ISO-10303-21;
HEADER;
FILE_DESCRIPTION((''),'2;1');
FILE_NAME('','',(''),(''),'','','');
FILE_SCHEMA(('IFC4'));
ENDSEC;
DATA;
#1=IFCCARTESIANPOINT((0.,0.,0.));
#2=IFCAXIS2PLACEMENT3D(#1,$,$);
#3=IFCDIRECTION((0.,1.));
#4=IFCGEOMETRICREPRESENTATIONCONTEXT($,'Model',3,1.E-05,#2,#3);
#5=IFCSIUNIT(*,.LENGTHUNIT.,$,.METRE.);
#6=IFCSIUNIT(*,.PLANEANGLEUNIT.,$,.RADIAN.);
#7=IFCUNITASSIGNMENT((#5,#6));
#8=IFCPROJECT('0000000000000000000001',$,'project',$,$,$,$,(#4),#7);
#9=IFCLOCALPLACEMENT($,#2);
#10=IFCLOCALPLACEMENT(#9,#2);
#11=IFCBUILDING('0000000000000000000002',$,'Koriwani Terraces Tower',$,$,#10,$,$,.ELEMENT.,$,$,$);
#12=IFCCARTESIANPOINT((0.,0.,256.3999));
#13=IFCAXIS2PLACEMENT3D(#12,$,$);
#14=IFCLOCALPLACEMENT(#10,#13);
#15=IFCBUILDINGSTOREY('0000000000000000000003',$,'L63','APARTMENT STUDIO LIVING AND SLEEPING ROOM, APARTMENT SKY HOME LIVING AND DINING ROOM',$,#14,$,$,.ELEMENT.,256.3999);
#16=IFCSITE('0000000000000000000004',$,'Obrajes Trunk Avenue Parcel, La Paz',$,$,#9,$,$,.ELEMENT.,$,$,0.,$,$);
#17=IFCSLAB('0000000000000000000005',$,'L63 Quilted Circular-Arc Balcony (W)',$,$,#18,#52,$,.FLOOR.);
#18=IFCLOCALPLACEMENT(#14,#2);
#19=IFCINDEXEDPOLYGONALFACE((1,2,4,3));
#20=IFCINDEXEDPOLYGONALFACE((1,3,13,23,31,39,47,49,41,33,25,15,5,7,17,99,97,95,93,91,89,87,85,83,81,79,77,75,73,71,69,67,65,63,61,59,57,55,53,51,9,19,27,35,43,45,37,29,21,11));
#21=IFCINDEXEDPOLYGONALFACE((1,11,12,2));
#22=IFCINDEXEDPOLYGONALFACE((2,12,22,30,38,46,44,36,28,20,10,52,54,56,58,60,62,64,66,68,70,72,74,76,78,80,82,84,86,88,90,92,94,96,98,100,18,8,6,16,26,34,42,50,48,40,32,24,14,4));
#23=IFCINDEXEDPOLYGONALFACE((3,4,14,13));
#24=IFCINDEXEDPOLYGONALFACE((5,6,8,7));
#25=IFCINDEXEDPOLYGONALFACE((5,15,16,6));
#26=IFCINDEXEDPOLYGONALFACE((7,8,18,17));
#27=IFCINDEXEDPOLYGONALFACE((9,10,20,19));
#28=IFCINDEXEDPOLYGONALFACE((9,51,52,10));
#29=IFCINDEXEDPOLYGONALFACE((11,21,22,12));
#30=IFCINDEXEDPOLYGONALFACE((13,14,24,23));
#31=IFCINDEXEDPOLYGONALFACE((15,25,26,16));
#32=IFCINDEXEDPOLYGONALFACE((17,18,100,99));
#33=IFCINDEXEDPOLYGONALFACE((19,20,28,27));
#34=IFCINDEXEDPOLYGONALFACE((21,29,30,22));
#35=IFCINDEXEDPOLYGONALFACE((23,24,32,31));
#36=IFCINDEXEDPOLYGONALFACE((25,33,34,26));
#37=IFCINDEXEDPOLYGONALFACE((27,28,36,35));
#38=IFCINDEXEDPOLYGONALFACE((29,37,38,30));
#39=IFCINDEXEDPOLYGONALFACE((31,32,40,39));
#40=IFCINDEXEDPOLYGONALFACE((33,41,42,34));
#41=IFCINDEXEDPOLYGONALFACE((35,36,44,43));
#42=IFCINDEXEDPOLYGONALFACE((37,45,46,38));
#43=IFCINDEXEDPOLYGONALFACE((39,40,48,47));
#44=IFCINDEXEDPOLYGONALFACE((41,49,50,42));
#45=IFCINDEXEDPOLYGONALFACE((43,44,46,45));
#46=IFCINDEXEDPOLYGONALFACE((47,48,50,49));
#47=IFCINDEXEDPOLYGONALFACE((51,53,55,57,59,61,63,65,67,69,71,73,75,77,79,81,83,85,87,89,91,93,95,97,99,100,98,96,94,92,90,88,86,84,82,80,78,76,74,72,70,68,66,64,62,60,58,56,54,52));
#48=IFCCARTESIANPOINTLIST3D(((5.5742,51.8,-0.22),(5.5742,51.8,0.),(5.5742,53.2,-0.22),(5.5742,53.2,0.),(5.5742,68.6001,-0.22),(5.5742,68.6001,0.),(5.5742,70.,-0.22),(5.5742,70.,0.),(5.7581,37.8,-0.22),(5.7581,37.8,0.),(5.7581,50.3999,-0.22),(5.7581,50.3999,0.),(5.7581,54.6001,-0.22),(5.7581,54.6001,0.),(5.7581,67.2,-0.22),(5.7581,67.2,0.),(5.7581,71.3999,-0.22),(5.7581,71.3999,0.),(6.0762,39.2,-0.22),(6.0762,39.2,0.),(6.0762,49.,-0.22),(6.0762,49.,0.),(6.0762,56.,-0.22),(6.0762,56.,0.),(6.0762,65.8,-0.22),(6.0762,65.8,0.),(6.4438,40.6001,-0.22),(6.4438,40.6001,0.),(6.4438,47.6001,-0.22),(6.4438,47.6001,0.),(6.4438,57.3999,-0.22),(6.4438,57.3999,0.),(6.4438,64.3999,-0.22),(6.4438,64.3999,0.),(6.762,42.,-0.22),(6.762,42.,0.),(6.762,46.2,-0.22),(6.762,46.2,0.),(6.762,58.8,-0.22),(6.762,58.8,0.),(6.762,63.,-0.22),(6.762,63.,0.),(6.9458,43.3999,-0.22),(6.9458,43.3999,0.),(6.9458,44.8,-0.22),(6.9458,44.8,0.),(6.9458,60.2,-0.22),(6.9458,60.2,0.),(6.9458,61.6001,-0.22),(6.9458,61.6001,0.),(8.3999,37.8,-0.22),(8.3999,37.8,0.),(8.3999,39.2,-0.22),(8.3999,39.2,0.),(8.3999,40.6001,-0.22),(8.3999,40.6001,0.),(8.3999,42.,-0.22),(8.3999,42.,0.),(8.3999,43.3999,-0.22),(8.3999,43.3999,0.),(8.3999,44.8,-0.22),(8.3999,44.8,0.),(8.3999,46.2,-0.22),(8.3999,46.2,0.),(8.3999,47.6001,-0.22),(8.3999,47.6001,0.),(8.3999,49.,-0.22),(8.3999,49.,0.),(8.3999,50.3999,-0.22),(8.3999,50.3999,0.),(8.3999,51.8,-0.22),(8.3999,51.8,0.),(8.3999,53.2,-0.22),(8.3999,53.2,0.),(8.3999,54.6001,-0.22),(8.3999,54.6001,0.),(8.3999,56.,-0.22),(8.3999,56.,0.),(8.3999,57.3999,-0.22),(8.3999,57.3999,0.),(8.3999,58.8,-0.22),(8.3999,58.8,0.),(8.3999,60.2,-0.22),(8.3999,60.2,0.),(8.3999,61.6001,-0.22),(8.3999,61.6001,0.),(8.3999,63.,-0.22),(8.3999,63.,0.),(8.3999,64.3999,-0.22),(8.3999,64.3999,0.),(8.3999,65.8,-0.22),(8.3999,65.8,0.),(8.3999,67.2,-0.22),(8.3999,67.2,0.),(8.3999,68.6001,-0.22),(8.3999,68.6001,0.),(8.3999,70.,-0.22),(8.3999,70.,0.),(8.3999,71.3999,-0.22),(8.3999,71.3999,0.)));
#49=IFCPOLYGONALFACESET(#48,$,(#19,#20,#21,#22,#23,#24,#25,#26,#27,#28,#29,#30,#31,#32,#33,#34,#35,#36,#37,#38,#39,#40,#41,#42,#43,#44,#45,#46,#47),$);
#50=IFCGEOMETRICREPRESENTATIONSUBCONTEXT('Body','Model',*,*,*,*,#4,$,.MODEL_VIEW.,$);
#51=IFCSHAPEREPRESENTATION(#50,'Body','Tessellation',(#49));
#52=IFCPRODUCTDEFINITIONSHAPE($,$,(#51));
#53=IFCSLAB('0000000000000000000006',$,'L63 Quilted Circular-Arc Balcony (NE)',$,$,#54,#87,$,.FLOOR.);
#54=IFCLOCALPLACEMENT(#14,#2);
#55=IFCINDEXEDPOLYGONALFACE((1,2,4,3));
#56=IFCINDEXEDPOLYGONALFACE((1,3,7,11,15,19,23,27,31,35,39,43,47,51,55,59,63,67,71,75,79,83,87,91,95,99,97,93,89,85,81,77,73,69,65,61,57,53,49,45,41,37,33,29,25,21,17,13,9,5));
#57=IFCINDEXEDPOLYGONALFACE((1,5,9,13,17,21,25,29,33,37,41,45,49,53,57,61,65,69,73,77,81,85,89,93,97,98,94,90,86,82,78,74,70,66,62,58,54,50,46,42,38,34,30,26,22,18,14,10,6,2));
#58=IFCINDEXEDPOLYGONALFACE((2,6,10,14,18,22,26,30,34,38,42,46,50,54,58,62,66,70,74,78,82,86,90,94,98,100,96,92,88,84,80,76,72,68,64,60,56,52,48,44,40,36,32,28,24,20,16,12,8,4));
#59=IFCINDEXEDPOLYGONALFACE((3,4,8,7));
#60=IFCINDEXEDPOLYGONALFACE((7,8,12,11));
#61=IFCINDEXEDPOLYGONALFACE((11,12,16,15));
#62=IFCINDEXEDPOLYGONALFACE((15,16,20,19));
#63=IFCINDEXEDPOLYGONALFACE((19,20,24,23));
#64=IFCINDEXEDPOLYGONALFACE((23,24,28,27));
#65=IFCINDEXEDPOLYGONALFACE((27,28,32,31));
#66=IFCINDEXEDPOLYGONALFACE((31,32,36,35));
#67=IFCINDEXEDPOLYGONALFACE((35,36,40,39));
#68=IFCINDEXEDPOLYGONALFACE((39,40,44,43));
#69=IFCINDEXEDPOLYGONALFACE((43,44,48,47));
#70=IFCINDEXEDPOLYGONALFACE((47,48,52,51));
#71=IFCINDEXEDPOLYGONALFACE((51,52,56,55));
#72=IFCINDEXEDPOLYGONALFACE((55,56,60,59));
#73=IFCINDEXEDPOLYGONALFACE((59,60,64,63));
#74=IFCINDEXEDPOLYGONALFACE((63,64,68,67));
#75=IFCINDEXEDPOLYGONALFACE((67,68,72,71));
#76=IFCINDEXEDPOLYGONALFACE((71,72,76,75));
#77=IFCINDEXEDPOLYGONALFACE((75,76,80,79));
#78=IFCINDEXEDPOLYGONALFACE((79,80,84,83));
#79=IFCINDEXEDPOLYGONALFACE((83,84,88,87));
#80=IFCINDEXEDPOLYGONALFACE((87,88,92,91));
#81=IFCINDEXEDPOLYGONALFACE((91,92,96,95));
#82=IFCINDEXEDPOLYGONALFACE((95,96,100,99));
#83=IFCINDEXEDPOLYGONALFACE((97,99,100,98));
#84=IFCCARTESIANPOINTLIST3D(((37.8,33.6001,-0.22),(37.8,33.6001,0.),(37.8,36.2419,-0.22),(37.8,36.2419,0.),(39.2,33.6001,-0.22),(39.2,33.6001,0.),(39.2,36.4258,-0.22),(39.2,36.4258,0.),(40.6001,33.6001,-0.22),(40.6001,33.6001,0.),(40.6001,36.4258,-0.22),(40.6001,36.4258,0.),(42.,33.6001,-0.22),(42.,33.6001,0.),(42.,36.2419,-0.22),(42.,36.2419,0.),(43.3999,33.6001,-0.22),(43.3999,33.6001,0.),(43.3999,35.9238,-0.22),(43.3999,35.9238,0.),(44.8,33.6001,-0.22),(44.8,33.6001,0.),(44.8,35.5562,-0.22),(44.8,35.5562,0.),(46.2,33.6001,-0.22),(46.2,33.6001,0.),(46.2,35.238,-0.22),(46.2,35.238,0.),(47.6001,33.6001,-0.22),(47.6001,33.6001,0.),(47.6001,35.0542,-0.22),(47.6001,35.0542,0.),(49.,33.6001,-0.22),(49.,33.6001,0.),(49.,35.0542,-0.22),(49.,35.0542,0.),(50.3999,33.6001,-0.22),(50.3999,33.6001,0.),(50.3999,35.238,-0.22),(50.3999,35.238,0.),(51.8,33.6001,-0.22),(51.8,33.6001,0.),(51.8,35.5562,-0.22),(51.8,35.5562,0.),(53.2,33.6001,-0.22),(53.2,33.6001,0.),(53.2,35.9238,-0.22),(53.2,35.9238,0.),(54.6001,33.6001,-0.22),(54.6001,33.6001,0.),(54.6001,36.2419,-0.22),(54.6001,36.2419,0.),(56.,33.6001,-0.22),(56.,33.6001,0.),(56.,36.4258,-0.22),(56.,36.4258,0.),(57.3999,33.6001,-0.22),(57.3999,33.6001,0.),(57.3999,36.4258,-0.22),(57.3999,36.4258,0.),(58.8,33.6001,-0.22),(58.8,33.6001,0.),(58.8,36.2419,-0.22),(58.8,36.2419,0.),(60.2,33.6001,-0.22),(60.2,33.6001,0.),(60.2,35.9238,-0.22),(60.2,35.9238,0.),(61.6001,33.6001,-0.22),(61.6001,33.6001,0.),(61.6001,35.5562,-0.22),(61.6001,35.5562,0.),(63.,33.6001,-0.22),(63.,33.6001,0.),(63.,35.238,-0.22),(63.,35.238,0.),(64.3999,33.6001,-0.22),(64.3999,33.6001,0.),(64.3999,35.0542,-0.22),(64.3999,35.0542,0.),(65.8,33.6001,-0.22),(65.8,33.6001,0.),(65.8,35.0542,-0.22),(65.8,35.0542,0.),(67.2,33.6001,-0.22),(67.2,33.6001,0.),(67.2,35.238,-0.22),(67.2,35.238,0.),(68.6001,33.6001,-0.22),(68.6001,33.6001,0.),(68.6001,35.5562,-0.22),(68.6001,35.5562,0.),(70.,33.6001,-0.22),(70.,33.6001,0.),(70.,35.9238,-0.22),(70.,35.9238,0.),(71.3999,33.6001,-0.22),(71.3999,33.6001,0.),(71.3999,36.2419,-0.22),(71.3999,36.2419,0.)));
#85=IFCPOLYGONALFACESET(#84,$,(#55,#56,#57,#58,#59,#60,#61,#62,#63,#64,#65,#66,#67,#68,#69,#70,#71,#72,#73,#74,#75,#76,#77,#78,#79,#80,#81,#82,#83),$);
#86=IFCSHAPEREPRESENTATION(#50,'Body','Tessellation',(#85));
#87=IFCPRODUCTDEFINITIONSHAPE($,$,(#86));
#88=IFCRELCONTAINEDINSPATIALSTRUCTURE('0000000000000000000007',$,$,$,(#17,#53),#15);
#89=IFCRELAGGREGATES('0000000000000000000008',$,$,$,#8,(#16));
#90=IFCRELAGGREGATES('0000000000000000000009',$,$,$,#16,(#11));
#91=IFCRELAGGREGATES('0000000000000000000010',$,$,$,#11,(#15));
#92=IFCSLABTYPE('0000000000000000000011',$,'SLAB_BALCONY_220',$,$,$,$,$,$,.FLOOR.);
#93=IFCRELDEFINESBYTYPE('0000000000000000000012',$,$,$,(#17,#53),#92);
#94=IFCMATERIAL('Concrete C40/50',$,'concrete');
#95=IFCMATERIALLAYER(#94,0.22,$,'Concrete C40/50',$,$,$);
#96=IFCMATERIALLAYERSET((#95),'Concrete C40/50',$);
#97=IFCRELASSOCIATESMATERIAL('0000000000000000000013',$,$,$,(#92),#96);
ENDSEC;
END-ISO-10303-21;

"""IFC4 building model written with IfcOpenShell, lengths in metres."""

from ifc_helpers import new_model, si_unit, direction, frame, origin, place, context, subcontext, project, spatial, polyline, outline, extrude, material, layer, layer_set, type_object, element, save


model = new_model("IFC4")

# Units and contexts
model_context = context("Model", 3, precision=1e-05, world=origin(), true_north=direction((0.0, 1.0)))
body_context = subcontext(model_context, "Body", "Model", "MODEL_VIEW")
ifc_project = project(units=[si_unit("LENGTHUNIT", "METRE"), si_unit("PLANEANGLEUNIT", "RADIAN")], contexts=[model_context])

# Site, building, storey
site_placement = place(None, origin())
site = spatial("IfcSite", under=ifc_project, at=site_placement, Name="Obrajes Trunk Avenue Parcel, La Paz", CompositionType="ELEMENT", RefElevation=0.0)
building_placement = place(site_placement, origin())
building = spatial("IfcBuilding", under=site, at=building_placement, Name="Koriwani Terraces Tower", CompositionType="ELEMENT")
storey_placement = place(building_placement, frame((0.0, 0.0, 256.3999)))
storey = spatial("IfcBuildingStorey", under=building, at=storey_placement, Name="L63", Description="APARTMENT STUDIO LIVING AND SLEEPING ROOM, APARTMENT SKY HOME LIVING AND DINING ROOM", CompositionType="ELEMENT", Elevation=256.3999)

# Slabs
ifc_material_1 = material(Name="Concrete C40/50", Category="concrete")
ifc_layer_1 = layer(ifc_material_1, 0.22, Name="Concrete C40/50")
ifc_layer_set_1 = layer_set([ifc_layer_1], Name="Concrete C40/50")
slab_type_1 = type_object("IfcSlabType", Name="SLAB_BALCONY_220", PredefinedType="FLOOR", material=ifc_layer_set_1)
slab_1_placement = place(storey_placement, frame((0.0, 0.0, -0.22)))
element("IfcSlab", 1, at=slab_1_placement, inside=storey, type_object=slab_type_1, Name="L63 Quilted Circular-Arc Balcony (W)", PredefinedType="FLOOR", context=body_context, shape_type="SweptSolid", body=[
    extrude(outline(polyline([(8.3999, 37.8), (8.3999, 39.2), (8.3999, 40.6001), (8.3999, 42.0), (8.3999, 43.3999), (8.3999, 44.8), (8.3999, 46.2), (8.3999, 47.6001), (8.3999, 49.0), (8.3999, 50.3999), (8.3999, 51.8), (8.3999, 53.2), (8.3999, 54.6001), (8.3999, 56.0), (8.3999, 57.3999), (8.3999, 58.8), (8.3999, 60.2), (8.3999, 61.6001), (8.3999, 63.0), (8.3999, 64.3999), (8.3999, 65.8), (8.3999, 67.2), (8.3999, 68.6001), (8.3999, 70.0), (8.3999, 71.3999), (5.7581, 71.3999), (5.5742, 70.0), (5.5742, 68.6001), (5.7581, 67.2), (6.0762, 65.8), (6.4438, 64.3999), (6.762, 63.0), (6.9458, 61.6001), (6.9458, 60.2), (6.762, 58.8), (6.4438, 57.3999), (6.0762, 56.0), (5.7581, 54.6001), (5.5742, 53.2), (5.5742, 51.8), (5.7581, 50.3999), (6.0762, 49.0), (6.4438, 47.6001), (6.762, 46.2), (6.9458, 44.8), (6.9458, 43.3999), (6.762, 42.0), (6.4438, 40.6001), (6.0762, 39.2), (5.7581, 37.8), (8.3999, 37.8)])), origin(), (0.0, 0.0, 1.0), 0.22),
])
slab_2_placement = place(storey_placement, frame((0.0, 0.0, -0.22)))
element("IfcSlab", 2, at=slab_2_placement, inside=storey, type_object=slab_type_1, Name="L63 Quilted Circular-Arc Balcony (NE)", PredefinedType="FLOOR", context=body_context, shape_type="SweptSolid", body=[
    extrude(outline(polyline([(71.3999, 33.6001), (70.0, 33.6001), (68.6001, 33.6001), (67.2, 33.6001), (65.8, 33.6001), (64.3999, 33.6001), (63.0, 33.6001), (61.6001, 33.6001), (60.2, 33.6001), (58.8, 33.6001), (57.3999, 33.6001), (56.0, 33.6001), (54.6001, 33.6001), (53.2, 33.6001), (51.8, 33.6001), (50.3999, 33.6001), (49.0, 33.6001), (47.6001, 33.6001), (46.2, 33.6001), (44.8, 33.6001), (43.3999, 33.6001), (42.0, 33.6001), (40.6001, 33.6001), (39.2, 33.6001), (37.8, 33.6001), (37.8, 36.2419), (39.2, 36.4258), (40.6001, 36.4258), (42.0, 36.2419), (43.3999, 35.9238), (44.8, 35.5562), (46.2, 35.238), (47.6001, 35.0542), (49.0, 35.0542), (50.3999, 35.238), (51.8, 35.5562), (53.2, 35.9238), (54.6001, 36.2419), (56.0, 36.4258), (57.3999, 36.4258), (58.8, 36.2419), (60.2, 35.9238), (61.6001, 35.5562), (63.0, 35.238), (64.3999, 35.0542), (65.8, 35.0542), (67.2, 35.238), (68.6001, 35.5562), (70.0, 35.9238), (71.3999, 36.2419), (71.3999, 33.6001)])), origin(), (0.0, 0.0, 1.0), 0.22),
])

save(model, "model.ifc")
